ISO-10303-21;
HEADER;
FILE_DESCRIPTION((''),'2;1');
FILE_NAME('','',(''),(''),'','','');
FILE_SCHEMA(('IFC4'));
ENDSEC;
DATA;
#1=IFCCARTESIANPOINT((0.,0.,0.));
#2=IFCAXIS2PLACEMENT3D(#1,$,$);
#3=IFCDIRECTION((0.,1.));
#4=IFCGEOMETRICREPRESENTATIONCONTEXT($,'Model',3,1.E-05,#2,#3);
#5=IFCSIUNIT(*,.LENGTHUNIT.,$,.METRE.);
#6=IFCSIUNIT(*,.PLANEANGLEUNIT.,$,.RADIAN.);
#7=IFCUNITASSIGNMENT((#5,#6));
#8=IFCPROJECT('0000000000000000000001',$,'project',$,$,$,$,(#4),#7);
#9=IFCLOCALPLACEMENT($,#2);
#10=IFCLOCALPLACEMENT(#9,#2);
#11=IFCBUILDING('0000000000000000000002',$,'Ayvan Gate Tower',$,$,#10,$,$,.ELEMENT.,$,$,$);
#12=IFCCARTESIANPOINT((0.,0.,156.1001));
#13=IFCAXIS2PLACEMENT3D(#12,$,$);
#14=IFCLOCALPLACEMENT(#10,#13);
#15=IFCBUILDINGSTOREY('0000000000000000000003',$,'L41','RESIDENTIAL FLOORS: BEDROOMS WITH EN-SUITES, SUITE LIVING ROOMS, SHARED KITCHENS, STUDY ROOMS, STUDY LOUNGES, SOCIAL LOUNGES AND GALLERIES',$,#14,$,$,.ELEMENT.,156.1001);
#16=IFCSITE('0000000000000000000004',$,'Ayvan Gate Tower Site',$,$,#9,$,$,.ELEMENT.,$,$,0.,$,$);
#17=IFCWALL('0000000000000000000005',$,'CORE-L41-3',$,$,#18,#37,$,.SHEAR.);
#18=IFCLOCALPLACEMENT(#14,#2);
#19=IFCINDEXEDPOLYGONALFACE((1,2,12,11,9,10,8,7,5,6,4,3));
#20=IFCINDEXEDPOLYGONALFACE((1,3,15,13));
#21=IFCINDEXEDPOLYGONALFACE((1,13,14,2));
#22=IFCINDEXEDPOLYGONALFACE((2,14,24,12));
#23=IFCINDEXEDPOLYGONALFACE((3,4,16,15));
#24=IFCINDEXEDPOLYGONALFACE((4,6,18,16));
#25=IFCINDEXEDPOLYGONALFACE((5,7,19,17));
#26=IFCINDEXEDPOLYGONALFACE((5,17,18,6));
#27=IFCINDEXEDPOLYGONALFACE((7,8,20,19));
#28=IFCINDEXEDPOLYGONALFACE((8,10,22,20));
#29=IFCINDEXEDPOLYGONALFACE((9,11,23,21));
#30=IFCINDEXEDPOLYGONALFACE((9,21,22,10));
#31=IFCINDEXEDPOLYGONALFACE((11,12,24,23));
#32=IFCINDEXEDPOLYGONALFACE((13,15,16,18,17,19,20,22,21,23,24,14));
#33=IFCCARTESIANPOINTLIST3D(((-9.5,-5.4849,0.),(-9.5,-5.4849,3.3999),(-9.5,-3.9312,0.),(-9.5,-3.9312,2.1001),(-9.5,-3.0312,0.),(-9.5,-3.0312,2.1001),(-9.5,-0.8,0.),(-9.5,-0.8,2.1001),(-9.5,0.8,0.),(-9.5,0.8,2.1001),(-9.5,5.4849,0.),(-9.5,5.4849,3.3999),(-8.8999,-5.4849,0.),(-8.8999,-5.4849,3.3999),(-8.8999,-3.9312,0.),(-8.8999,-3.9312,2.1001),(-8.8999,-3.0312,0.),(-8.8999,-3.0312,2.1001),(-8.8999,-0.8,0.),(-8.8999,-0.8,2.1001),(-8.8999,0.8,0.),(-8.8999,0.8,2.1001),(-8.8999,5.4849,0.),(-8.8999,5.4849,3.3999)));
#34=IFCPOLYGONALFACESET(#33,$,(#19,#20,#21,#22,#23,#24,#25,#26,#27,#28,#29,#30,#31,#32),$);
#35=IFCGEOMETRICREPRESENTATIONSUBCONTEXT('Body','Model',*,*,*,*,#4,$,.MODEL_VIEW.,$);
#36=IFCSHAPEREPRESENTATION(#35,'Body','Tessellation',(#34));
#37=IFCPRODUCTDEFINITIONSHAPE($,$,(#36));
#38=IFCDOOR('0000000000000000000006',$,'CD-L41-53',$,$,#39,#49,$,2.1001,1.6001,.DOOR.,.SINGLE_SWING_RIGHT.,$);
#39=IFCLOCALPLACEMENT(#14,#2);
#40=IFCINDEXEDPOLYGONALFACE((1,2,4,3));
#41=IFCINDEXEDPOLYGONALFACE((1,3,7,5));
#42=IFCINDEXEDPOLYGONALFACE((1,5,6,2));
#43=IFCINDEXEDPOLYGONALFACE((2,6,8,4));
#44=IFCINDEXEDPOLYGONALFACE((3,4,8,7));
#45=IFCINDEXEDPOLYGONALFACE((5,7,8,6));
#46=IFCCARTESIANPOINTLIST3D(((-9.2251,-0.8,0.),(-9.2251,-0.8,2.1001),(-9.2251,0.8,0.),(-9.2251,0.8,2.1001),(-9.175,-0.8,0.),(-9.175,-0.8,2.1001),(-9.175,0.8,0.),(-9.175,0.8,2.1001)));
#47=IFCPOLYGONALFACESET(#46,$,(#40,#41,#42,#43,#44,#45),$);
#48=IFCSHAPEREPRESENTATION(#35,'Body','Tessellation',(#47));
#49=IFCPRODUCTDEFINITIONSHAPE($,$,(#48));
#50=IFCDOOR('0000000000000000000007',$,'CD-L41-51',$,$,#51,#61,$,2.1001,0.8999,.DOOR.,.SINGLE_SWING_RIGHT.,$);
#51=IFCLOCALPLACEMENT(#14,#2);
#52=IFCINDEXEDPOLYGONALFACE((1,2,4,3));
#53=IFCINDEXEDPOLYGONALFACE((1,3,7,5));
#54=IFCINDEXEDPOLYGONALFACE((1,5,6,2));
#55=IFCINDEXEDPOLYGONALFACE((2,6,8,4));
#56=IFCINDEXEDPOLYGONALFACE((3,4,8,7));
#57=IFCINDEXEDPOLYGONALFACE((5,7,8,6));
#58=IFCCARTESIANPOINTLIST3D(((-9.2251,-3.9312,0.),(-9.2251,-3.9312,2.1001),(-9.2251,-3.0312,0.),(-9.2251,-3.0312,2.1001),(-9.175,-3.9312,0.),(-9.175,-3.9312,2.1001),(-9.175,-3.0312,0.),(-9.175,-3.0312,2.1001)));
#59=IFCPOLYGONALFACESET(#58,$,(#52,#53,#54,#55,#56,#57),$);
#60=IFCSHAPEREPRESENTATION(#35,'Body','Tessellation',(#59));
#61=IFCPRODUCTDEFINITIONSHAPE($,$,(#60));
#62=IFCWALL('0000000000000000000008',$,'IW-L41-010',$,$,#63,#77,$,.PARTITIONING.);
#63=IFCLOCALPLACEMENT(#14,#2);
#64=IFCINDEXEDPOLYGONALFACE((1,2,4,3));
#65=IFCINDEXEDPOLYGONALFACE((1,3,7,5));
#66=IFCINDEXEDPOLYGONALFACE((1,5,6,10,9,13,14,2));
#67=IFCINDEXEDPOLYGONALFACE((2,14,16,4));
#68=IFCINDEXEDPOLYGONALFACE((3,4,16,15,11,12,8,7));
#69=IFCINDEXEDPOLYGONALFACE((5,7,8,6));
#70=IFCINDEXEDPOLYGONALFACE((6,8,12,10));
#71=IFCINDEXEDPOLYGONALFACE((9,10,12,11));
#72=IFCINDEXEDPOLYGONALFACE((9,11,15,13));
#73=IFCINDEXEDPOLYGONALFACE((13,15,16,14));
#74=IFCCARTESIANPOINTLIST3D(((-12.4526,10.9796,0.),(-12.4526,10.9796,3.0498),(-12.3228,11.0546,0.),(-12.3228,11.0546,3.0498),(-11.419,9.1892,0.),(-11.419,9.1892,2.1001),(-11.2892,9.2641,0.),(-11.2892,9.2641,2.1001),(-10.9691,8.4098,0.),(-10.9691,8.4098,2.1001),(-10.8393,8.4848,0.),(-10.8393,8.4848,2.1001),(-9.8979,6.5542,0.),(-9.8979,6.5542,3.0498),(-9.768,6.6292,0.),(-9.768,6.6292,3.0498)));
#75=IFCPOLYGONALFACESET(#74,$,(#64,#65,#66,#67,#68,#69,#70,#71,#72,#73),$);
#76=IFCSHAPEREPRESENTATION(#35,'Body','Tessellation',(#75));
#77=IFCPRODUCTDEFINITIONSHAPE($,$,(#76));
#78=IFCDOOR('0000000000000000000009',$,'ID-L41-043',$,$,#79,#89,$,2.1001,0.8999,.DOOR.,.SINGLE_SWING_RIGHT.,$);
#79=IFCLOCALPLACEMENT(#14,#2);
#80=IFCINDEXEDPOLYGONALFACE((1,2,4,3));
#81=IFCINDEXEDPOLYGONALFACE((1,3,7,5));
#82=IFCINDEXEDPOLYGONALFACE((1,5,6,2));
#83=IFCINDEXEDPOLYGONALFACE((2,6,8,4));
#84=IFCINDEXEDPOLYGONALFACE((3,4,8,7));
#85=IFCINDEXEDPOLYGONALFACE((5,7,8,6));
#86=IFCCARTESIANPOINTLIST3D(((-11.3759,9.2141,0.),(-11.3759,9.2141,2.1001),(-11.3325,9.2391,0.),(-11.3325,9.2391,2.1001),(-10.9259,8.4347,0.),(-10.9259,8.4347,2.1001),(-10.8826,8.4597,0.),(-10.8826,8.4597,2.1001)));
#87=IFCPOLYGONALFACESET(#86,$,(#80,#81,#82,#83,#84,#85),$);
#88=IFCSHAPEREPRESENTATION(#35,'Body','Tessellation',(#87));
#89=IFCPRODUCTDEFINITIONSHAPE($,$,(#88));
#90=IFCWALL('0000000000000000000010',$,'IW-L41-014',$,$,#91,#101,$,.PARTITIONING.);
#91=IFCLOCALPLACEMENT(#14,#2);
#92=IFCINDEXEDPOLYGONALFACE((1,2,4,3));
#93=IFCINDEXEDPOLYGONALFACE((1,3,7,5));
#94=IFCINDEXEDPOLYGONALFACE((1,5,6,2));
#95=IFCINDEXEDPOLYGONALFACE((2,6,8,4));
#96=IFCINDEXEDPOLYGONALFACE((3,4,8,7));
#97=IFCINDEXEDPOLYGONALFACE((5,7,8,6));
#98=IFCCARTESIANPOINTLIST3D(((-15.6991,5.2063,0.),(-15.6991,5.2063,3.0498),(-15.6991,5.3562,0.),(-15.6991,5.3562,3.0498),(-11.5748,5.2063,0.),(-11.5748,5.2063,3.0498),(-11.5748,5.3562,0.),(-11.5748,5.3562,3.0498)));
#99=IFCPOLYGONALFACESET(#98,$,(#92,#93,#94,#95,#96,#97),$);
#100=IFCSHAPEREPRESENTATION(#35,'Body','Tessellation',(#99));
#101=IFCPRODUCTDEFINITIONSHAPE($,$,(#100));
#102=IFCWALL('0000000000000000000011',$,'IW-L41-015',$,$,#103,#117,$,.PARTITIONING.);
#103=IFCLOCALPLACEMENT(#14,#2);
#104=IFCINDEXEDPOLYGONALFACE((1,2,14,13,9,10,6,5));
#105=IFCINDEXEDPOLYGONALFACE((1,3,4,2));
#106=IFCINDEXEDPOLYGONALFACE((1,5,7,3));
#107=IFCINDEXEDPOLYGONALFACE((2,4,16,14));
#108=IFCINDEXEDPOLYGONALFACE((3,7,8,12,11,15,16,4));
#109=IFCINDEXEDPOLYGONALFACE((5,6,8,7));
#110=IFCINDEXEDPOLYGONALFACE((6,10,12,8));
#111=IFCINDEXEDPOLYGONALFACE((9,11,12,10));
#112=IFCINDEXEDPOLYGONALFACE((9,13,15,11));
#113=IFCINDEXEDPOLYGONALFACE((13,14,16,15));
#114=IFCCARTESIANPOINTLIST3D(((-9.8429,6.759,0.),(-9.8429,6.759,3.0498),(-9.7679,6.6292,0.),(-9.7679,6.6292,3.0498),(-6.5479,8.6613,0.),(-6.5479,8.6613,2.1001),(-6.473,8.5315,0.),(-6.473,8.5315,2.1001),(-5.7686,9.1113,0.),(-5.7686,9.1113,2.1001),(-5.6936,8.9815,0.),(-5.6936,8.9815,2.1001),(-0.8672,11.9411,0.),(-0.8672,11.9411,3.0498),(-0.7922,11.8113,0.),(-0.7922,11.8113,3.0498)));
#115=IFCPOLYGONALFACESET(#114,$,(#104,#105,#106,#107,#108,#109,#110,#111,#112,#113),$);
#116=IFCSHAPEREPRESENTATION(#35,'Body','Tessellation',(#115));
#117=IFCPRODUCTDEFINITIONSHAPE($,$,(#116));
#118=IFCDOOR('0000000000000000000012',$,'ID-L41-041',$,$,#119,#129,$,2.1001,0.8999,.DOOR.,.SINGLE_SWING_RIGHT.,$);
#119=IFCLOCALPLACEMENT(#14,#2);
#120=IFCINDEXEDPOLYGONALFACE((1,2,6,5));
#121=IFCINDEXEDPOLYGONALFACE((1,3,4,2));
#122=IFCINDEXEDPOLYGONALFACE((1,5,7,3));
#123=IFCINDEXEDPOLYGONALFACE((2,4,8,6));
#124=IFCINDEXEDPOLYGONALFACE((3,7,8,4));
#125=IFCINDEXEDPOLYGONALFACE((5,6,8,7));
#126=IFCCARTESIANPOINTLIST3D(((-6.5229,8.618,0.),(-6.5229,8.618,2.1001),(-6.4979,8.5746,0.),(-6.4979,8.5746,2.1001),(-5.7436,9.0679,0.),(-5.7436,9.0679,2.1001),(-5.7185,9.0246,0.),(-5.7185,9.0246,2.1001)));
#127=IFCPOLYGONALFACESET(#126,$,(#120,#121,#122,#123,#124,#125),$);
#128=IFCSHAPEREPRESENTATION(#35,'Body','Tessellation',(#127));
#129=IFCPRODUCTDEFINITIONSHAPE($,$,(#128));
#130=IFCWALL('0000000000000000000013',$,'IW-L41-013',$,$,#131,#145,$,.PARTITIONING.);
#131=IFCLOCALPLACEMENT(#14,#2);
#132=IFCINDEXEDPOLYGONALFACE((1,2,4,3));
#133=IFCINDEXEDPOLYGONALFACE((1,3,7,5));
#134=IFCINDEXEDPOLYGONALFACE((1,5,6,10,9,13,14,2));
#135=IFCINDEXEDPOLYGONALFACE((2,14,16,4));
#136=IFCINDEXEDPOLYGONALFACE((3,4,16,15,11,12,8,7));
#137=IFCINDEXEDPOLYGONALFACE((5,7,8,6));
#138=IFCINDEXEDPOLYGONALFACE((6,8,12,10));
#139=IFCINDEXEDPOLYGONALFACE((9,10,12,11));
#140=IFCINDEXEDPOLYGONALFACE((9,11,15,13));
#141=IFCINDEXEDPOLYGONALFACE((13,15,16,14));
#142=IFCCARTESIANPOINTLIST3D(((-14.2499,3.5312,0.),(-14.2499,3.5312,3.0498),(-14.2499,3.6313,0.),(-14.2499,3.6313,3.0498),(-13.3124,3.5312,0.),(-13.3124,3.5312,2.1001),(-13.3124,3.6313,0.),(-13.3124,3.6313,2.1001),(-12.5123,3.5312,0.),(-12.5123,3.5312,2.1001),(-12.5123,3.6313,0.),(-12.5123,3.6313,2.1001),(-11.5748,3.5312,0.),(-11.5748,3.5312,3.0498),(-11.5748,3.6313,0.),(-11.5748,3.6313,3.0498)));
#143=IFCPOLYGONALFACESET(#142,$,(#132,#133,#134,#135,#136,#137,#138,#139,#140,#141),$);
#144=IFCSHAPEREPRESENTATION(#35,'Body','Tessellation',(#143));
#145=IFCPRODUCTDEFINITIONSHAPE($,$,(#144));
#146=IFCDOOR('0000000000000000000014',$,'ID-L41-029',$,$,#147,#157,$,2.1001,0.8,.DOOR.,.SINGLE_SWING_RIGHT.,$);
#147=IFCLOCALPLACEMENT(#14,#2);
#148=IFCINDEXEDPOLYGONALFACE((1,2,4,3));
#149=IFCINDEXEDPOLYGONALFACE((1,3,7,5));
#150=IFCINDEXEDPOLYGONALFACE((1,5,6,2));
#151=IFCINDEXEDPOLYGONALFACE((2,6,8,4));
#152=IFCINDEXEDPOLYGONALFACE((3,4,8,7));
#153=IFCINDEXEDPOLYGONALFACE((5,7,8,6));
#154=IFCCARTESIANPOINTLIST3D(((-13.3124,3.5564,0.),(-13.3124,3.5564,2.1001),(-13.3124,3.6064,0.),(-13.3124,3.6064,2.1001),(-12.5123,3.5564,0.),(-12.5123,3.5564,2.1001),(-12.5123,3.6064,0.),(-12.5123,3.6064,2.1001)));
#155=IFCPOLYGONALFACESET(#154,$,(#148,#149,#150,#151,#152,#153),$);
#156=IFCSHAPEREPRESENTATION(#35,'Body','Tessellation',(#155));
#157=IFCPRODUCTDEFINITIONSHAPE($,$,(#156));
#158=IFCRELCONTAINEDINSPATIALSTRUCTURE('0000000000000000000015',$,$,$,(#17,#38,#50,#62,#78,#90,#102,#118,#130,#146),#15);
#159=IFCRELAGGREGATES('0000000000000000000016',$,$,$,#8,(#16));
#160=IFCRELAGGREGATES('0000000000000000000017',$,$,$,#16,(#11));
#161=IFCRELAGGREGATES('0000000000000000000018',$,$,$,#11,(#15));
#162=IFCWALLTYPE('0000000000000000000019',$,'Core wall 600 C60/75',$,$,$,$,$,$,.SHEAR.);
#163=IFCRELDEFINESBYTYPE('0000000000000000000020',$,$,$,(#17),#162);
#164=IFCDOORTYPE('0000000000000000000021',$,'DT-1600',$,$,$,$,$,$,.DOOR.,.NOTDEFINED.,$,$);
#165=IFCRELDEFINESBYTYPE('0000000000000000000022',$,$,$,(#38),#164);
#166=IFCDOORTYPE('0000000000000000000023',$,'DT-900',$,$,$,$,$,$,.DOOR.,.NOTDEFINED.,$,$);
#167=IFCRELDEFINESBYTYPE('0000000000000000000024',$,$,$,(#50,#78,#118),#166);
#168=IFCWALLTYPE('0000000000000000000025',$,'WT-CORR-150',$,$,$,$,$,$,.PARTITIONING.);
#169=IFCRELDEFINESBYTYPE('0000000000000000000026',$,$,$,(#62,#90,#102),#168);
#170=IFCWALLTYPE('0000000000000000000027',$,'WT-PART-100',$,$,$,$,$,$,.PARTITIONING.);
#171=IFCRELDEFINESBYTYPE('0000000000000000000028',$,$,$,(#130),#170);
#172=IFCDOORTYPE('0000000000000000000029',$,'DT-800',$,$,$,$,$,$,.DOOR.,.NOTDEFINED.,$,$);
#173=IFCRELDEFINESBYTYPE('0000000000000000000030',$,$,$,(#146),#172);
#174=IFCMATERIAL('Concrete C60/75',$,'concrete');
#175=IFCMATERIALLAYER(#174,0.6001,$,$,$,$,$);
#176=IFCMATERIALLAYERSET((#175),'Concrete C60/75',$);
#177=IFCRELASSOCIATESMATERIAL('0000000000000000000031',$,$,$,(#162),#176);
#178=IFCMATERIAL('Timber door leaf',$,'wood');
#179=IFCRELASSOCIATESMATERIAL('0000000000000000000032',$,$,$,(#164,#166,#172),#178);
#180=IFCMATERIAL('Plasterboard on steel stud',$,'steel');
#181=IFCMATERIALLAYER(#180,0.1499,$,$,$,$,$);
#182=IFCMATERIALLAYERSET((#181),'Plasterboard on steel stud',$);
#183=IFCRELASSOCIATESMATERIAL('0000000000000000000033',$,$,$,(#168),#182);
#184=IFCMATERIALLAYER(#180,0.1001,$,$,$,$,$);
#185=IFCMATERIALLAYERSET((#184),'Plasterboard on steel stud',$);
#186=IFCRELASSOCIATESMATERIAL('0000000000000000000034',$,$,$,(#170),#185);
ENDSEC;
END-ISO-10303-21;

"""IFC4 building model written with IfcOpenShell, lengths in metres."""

from ifc_helpers import new_model, si_unit, direction, frame, frame_2d, origin, place, context, subcontext, project, spatial, rectangle, extrude, material, layer, layer_set, type_object, element, fill, save


model = new_model("IFC4")

# Units and contexts
model_context = context("Model", 3, precision=1e-05, world=origin(), true_north=direction((0.0, 1.0)))
body_context = subcontext(model_context, "Body", "Model", "MODEL_VIEW")
ifc_project = project(units=[si_unit("LENGTHUNIT", "METRE"), si_unit("PLANEANGLEUNIT", "RADIAN")], contexts=[model_context])

# Site, building, storey
site_placement = place(None, origin())
site = spatial("IfcSite", under=ifc_project, at=site_placement, Name="Ayvan Gate Tower Site", CompositionType="ELEMENT", RefElevation=0.0)
building_placement = place(site_placement, origin())
building = spatial("IfcBuilding", under=site, at=building_placement, Name="Ayvan Gate Tower", CompositionType="ELEMENT")
storey_placement = place(building_placement, frame((0.0, 0.0, 156.1001)))
storey = spatial("IfcBuildingStorey", under=building, at=storey_placement, Name="L41", Description="RESIDENTIAL FLOORS: BEDROOMS WITH EN-SUITES, SUITE LIVING ROOMS, SHARED KITCHENS, STUDY ROOMS, STUDY LOUNGES, SOCIAL LOUNGES AND GALLERIES", CompositionType="ELEMENT", Elevation=156.1001)

# Wall, openings, doors
ifc_material_1 = material(Name="Concrete C60/75", Category="concrete")
ifc_layer_1 = layer(ifc_material_1, 0.6001)
ifc_layer_set_1 = layer_set([ifc_layer_1], Name="Concrete C60/75")
wall_type_1 = type_object("IfcWallType", Name="Core wall 600 C60/75", PredefinedType="SHEAR", material=ifc_layer_set_1)
wall_1_placement = place(storey_placement, frame((-9.2, 5.4849, 0.0), z_axis=(0.0, 0.0, 1.0), x_axis=(0.0, -1.0, 0.0)))
wall_1 = element("IfcWall", 1, at=wall_1_placement, inside=storey, type_object=wall_type_1, Name="CORE-L41-3", PredefinedType="SHEAR", context=body_context, shape_type="SweptSolid", body=[
    extrude(rectangle(XDim=10.9697, YDim=0.6001, at=frame_2d((5.4849, 0.0))), origin(), (0.0, 0.0, 1.0), 3.3999),
])
opening_1_placement = place(wall_1_placement, frame((8.5161, 0.0, 0.0)))
opening_1 = element("IfcOpeningElement", 2, at=opening_1_placement, cuts=wall_1, PredefinedType="OPENING", context=body_context, shape_type="SweptSolid", body=[
    extrude(rectangle(XDim=0.8999, YDim=2.1001, at=frame_2d((0.45, 1.05))), frame((0.0, 0.3101, 0.0), z_axis=(0.0, -1.0, 0.0), x_axis=(1.0, 0.0, 0.0)), (0.0, 0.0, 1.0), 0.6201),
])
opening_2_placement = place(wall_1_placement, frame((4.6848, 0.0, 0.0)))
opening_2 = element("IfcOpeningElement", 3, at=opening_2_placement, cuts=wall_1, PredefinedType="OPENING", context=body_context, shape_type="SweptSolid", body=[
    extrude(rectangle(XDim=1.6001, YDim=2.1001, at=frame_2d((0.8, 1.05))), frame((0.0, 0.3101, 0.0), z_axis=(0.0, -1.0, 0.0), x_axis=(1.0, 0.0, 0.0)), (0.0, 0.0, 1.0), 0.6201),
])
ifc_material_2 = material(Name="Timber door leaf", Category="wood")
door_type_1 = type_object("IfcDoorType", Name="DT-1600", OperationType="NOTDEFINED", PredefinedType="DOOR", material=ifc_material_2)
door_1_placement = place(opening_2_placement, origin())
door_1 = element("IfcDoor", 4, at=door_1_placement, inside=storey, type_object=door_type_1, Name="CD-L41-53", OperationType="SINGLE_SWING_RIGHT", OverallHeight=2.1001, OverallWidth=1.6001, PredefinedType="DOOR", context=body_context, shape_type="SweptSolid", body=[
    extrude(rectangle(XDim=1.6001, YDim=2.1001, at=frame_2d((0.8, 1.05))), frame((0.0, 0.0249, 0.0), z_axis=(0.0, -1.0, 0.0), x_axis=(1.0, 0.0, 0.0)), (0.0, 0.0, 1.0), 0.05),
])
fill(opening_2, door_1)
door_type_2 = type_object("IfcDoorType", Name="DT-900", OperationType="NOTDEFINED", PredefinedType="DOOR", material=ifc_material_2)
door_2_placement = place(opening_1_placement, origin())
door_2 = element("IfcDoor", 5, at=door_2_placement, inside=storey, type_object=door_type_2, Name="CD-L41-51", OperationType="SINGLE_SWING_RIGHT", OverallHeight=2.1001, OverallWidth=0.8999, PredefinedType="DOOR", context=body_context, shape_type="SweptSolid", body=[
    extrude(rectangle(XDim=0.8999, YDim=2.1001, at=frame_2d((0.45, 1.05))), frame((0.0, 0.0249, 0.0), z_axis=(0.0, -1.0, 0.0), x_axis=(1.0, 0.0, 0.0)), (0.0, 0.0, 1.0), 0.05),
])
fill(opening_1, door_2)

# Wall, opening, door
ifc_material_3 = material(Name="Plasterboard on steel stud", Category="steel")
ifc_layer_2 = layer(ifc_material_3, 0.1499)
ifc_layer_set_2 = layer_set([ifc_layer_2], Name="Plasterboard on steel stud")
wall_type_2 = type_object("IfcWallType", Name="WT-CORR-150", PredefinedType="PARTITIONING", material=ifc_layer_set_2)
wall_2_placement = place(storey_placement, frame((-12.3877, 11.0171, 0.0), z_axis=(0.0, 0.0, 1.0), x_axis=(0.499962, -0.866047, 0.0)))
wall_2 = element("IfcWall", 6, at=wall_2_placement, inside=storey, type_object=wall_type_2, Name="IW-L41-010", PredefinedType="PARTITIONING", context=body_context, shape_type="SweptSolid", body=[
    extrude(rectangle(XDim=5.1099, YDim=0.1499, at=frame_2d((2.5549, 0.0))), origin(), (0.0, 0.0, 1.0), 3.0498),
])
opening_3_placement = place(wall_2_placement, frame((2.0674, 0.0, 0.0)))
opening_3 = element("IfcOpeningElement", 7, at=opening_3_placement, cuts=wall_2, PredefinedType="OPENING", context=body_context, shape_type="SweptSolid", body=[
    extrude(rectangle(XDim=0.8999, YDim=2.1001, at=frame_2d((0.45, 1.05))), frame((0.0, 0.085, 0.0), z_axis=(0.0, -1.0, 0.0), x_axis=(1.0, 0.0, 0.0)), (0.0, 0.0, 1.0), 0.1699),
])
door_3_placement = place(opening_3_placement, origin())
door_3 = element("IfcDoor", 8, at=door_3_placement, inside=storey, type_object=door_type_2, Name="ID-L41-043", OperationType="SINGLE_SWING_RIGHT", OverallHeight=2.1001, OverallWidth=0.8999, PredefinedType="DOOR", context=body_context, shape_type="SweptSolid", body=[
    extrude(rectangle(XDim=0.8999, YDim=2.1001, at=frame_2d((0.45, 1.05))), frame((0.0, 0.0249, 0.0), z_axis=(0.0, -1.0, 0.0), x_axis=(1.0, 0.0, 0.0)), (0.0, 0.0, 1.0), 0.05),
])
fill(opening_3, door_3)

# Wall
wall_3_placement = place(storey_placement, frame((-11.575, 5.2812, 0.0), z_axis=(0.0, 0.0, 1.0), x_axis=(-1.0, 0.0, 0.0)))
element("IfcWall", 9, at=wall_3_placement, inside=storey, type_object=wall_type_2, Name="IW-L41-014", PredefinedType="PARTITIONING", context=body_context, shape_type="SweptSolid", body=[
    extrude(rectangle(XDim=4.1243, YDim=0.1499, at=frame_2d((2.062, 0.0))), origin(), (0.0, 0.0, 1.0), 3.0498),
])

# Walls, openings, doors
wall_4_placement = place(storey_placement, frame((-9.8054, 6.6941, 0.0), z_axis=(0.0, 0.0, 1.0), x_axis=(0.866028, 0.499995, 0.0)))
wall_4 = element("IfcWall", 10, at=wall_4_placement, inside=storey, type_object=wall_type_2, Name="IW-L41-015", PredefinedType="PARTITIONING", context=body_context, shape_type="SweptSolid", body=[
    extrude(rectangle(XDim=10.3643, YDim=0.1499, at=frame_2d((5.1821, 0.0))), origin(), (0.0, 0.0, 1.0), 3.0498),
])
opening_4_placement = place(wall_4_placement, frame((3.8047, 0.0, 0.0)))
opening_4 = element("IfcOpeningElement", 11, at=opening_4_placement, cuts=wall_4, PredefinedType="OPENING", context=body_context, shape_type="SweptSolid", body=[
    extrude(rectangle(XDim=0.8999, YDim=2.1001, at=frame_2d((0.45, 1.05))), frame((0.0, 0.085, 0.0), z_axis=(0.0, -1.0, 0.0), x_axis=(1.0, 0.0, 0.0)), (0.0, 0.0, 1.0), 0.1699),
])
door_4_placement = place(opening_4_placement, origin())
door_4 = element("IfcDoor", 12, at=door_4_placement, inside=storey, type_object=door_type_2, Name="ID-L41-041", OperationType="SINGLE_SWING_RIGHT", OverallHeight=2.1001, OverallWidth=0.8999, PredefinedType="DOOR", context=body_context, shape_type="SweptSolid", body=[
    extrude(rectangle(XDim=0.8999, YDim=2.1001, at=frame_2d((0.45, 1.05))), frame((0.0, 0.0249, 0.0), z_axis=(0.0, -1.0, 0.0), x_axis=(1.0, 0.0, 0.0)), (0.0, 0.0, 1.0), 0.05),
])
fill(opening_4, door_4)
ifc_layer_3 = layer(ifc_material_3, 0.1001)
ifc_layer_set_3 = layer_set([ifc_layer_3], Name="Plasterboard on steel stud")
wall_type_3 = type_object("IfcWallType", Name="WT-PART-100", PredefinedType="PARTITIONING", material=ifc_layer_set_3)
wall_5_placement = place(storey_placement, frame((-11.575, 3.5813, 0.0), z_axis=(0.0, 0.0, 1.0), x_axis=(-1.0, 0.0, 0.0)))
wall_5 = element("IfcWall", 13, at=wall_5_placement, inside=storey, type_object=wall_type_3, Name="IW-L41-013", PredefinedType="PARTITIONING", context=body_context, shape_type="SweptSolid", body=[
    extrude(rectangle(XDim=2.675, YDim=0.1001, at=frame_2d((1.3374, 0.0))), origin(), (0.0, 0.0, 1.0), 3.0498),
])
opening_5_placement = place(wall_5_placement, frame((0.9375, 0.0, 0.0)))
opening_5 = element("IfcOpeningElement", 14, at=opening_5_placement, cuts=wall_5, PredefinedType="OPENING", context=body_context, shape_type="SweptSolid", body=[
    extrude(rectangle(XDim=0.8, YDim=2.1001, at=frame_2d((0.3999, 1.05))), frame((0.0, 0.0601, 0.0), z_axis=(0.0, -1.0, 0.0), x_axis=(1.0, 0.0, 0.0)), (0.0, 0.0, 1.0), 0.1201),
])
door_type_3 = type_object("IfcDoorType", Name="DT-800", OperationType="NOTDEFINED", PredefinedType="DOOR", material=ifc_material_2)
door_5_placement = place(opening_5_placement, origin())
door_5 = element("IfcDoor", 15, at=door_5_placement, inside=storey, type_object=door_type_3, Name="ID-L41-029", OperationType="SINGLE_SWING_RIGHT", OverallHeight=2.1001, OverallWidth=0.8, PredefinedType="DOOR", context=body_context, shape_type="SweptSolid", body=[
    extrude(rectangle(XDim=0.8, YDim=2.1001, at=frame_2d((0.3999, 1.05))), frame((0.0, 0.0249, 0.0), z_axis=(0.0, -1.0, 0.0), x_axis=(1.0, 0.0, 0.0)), (0.0, 0.0, 1.0), 0.05),
])
fill(opening_5, door_5)

save(model, "model.ifc")
